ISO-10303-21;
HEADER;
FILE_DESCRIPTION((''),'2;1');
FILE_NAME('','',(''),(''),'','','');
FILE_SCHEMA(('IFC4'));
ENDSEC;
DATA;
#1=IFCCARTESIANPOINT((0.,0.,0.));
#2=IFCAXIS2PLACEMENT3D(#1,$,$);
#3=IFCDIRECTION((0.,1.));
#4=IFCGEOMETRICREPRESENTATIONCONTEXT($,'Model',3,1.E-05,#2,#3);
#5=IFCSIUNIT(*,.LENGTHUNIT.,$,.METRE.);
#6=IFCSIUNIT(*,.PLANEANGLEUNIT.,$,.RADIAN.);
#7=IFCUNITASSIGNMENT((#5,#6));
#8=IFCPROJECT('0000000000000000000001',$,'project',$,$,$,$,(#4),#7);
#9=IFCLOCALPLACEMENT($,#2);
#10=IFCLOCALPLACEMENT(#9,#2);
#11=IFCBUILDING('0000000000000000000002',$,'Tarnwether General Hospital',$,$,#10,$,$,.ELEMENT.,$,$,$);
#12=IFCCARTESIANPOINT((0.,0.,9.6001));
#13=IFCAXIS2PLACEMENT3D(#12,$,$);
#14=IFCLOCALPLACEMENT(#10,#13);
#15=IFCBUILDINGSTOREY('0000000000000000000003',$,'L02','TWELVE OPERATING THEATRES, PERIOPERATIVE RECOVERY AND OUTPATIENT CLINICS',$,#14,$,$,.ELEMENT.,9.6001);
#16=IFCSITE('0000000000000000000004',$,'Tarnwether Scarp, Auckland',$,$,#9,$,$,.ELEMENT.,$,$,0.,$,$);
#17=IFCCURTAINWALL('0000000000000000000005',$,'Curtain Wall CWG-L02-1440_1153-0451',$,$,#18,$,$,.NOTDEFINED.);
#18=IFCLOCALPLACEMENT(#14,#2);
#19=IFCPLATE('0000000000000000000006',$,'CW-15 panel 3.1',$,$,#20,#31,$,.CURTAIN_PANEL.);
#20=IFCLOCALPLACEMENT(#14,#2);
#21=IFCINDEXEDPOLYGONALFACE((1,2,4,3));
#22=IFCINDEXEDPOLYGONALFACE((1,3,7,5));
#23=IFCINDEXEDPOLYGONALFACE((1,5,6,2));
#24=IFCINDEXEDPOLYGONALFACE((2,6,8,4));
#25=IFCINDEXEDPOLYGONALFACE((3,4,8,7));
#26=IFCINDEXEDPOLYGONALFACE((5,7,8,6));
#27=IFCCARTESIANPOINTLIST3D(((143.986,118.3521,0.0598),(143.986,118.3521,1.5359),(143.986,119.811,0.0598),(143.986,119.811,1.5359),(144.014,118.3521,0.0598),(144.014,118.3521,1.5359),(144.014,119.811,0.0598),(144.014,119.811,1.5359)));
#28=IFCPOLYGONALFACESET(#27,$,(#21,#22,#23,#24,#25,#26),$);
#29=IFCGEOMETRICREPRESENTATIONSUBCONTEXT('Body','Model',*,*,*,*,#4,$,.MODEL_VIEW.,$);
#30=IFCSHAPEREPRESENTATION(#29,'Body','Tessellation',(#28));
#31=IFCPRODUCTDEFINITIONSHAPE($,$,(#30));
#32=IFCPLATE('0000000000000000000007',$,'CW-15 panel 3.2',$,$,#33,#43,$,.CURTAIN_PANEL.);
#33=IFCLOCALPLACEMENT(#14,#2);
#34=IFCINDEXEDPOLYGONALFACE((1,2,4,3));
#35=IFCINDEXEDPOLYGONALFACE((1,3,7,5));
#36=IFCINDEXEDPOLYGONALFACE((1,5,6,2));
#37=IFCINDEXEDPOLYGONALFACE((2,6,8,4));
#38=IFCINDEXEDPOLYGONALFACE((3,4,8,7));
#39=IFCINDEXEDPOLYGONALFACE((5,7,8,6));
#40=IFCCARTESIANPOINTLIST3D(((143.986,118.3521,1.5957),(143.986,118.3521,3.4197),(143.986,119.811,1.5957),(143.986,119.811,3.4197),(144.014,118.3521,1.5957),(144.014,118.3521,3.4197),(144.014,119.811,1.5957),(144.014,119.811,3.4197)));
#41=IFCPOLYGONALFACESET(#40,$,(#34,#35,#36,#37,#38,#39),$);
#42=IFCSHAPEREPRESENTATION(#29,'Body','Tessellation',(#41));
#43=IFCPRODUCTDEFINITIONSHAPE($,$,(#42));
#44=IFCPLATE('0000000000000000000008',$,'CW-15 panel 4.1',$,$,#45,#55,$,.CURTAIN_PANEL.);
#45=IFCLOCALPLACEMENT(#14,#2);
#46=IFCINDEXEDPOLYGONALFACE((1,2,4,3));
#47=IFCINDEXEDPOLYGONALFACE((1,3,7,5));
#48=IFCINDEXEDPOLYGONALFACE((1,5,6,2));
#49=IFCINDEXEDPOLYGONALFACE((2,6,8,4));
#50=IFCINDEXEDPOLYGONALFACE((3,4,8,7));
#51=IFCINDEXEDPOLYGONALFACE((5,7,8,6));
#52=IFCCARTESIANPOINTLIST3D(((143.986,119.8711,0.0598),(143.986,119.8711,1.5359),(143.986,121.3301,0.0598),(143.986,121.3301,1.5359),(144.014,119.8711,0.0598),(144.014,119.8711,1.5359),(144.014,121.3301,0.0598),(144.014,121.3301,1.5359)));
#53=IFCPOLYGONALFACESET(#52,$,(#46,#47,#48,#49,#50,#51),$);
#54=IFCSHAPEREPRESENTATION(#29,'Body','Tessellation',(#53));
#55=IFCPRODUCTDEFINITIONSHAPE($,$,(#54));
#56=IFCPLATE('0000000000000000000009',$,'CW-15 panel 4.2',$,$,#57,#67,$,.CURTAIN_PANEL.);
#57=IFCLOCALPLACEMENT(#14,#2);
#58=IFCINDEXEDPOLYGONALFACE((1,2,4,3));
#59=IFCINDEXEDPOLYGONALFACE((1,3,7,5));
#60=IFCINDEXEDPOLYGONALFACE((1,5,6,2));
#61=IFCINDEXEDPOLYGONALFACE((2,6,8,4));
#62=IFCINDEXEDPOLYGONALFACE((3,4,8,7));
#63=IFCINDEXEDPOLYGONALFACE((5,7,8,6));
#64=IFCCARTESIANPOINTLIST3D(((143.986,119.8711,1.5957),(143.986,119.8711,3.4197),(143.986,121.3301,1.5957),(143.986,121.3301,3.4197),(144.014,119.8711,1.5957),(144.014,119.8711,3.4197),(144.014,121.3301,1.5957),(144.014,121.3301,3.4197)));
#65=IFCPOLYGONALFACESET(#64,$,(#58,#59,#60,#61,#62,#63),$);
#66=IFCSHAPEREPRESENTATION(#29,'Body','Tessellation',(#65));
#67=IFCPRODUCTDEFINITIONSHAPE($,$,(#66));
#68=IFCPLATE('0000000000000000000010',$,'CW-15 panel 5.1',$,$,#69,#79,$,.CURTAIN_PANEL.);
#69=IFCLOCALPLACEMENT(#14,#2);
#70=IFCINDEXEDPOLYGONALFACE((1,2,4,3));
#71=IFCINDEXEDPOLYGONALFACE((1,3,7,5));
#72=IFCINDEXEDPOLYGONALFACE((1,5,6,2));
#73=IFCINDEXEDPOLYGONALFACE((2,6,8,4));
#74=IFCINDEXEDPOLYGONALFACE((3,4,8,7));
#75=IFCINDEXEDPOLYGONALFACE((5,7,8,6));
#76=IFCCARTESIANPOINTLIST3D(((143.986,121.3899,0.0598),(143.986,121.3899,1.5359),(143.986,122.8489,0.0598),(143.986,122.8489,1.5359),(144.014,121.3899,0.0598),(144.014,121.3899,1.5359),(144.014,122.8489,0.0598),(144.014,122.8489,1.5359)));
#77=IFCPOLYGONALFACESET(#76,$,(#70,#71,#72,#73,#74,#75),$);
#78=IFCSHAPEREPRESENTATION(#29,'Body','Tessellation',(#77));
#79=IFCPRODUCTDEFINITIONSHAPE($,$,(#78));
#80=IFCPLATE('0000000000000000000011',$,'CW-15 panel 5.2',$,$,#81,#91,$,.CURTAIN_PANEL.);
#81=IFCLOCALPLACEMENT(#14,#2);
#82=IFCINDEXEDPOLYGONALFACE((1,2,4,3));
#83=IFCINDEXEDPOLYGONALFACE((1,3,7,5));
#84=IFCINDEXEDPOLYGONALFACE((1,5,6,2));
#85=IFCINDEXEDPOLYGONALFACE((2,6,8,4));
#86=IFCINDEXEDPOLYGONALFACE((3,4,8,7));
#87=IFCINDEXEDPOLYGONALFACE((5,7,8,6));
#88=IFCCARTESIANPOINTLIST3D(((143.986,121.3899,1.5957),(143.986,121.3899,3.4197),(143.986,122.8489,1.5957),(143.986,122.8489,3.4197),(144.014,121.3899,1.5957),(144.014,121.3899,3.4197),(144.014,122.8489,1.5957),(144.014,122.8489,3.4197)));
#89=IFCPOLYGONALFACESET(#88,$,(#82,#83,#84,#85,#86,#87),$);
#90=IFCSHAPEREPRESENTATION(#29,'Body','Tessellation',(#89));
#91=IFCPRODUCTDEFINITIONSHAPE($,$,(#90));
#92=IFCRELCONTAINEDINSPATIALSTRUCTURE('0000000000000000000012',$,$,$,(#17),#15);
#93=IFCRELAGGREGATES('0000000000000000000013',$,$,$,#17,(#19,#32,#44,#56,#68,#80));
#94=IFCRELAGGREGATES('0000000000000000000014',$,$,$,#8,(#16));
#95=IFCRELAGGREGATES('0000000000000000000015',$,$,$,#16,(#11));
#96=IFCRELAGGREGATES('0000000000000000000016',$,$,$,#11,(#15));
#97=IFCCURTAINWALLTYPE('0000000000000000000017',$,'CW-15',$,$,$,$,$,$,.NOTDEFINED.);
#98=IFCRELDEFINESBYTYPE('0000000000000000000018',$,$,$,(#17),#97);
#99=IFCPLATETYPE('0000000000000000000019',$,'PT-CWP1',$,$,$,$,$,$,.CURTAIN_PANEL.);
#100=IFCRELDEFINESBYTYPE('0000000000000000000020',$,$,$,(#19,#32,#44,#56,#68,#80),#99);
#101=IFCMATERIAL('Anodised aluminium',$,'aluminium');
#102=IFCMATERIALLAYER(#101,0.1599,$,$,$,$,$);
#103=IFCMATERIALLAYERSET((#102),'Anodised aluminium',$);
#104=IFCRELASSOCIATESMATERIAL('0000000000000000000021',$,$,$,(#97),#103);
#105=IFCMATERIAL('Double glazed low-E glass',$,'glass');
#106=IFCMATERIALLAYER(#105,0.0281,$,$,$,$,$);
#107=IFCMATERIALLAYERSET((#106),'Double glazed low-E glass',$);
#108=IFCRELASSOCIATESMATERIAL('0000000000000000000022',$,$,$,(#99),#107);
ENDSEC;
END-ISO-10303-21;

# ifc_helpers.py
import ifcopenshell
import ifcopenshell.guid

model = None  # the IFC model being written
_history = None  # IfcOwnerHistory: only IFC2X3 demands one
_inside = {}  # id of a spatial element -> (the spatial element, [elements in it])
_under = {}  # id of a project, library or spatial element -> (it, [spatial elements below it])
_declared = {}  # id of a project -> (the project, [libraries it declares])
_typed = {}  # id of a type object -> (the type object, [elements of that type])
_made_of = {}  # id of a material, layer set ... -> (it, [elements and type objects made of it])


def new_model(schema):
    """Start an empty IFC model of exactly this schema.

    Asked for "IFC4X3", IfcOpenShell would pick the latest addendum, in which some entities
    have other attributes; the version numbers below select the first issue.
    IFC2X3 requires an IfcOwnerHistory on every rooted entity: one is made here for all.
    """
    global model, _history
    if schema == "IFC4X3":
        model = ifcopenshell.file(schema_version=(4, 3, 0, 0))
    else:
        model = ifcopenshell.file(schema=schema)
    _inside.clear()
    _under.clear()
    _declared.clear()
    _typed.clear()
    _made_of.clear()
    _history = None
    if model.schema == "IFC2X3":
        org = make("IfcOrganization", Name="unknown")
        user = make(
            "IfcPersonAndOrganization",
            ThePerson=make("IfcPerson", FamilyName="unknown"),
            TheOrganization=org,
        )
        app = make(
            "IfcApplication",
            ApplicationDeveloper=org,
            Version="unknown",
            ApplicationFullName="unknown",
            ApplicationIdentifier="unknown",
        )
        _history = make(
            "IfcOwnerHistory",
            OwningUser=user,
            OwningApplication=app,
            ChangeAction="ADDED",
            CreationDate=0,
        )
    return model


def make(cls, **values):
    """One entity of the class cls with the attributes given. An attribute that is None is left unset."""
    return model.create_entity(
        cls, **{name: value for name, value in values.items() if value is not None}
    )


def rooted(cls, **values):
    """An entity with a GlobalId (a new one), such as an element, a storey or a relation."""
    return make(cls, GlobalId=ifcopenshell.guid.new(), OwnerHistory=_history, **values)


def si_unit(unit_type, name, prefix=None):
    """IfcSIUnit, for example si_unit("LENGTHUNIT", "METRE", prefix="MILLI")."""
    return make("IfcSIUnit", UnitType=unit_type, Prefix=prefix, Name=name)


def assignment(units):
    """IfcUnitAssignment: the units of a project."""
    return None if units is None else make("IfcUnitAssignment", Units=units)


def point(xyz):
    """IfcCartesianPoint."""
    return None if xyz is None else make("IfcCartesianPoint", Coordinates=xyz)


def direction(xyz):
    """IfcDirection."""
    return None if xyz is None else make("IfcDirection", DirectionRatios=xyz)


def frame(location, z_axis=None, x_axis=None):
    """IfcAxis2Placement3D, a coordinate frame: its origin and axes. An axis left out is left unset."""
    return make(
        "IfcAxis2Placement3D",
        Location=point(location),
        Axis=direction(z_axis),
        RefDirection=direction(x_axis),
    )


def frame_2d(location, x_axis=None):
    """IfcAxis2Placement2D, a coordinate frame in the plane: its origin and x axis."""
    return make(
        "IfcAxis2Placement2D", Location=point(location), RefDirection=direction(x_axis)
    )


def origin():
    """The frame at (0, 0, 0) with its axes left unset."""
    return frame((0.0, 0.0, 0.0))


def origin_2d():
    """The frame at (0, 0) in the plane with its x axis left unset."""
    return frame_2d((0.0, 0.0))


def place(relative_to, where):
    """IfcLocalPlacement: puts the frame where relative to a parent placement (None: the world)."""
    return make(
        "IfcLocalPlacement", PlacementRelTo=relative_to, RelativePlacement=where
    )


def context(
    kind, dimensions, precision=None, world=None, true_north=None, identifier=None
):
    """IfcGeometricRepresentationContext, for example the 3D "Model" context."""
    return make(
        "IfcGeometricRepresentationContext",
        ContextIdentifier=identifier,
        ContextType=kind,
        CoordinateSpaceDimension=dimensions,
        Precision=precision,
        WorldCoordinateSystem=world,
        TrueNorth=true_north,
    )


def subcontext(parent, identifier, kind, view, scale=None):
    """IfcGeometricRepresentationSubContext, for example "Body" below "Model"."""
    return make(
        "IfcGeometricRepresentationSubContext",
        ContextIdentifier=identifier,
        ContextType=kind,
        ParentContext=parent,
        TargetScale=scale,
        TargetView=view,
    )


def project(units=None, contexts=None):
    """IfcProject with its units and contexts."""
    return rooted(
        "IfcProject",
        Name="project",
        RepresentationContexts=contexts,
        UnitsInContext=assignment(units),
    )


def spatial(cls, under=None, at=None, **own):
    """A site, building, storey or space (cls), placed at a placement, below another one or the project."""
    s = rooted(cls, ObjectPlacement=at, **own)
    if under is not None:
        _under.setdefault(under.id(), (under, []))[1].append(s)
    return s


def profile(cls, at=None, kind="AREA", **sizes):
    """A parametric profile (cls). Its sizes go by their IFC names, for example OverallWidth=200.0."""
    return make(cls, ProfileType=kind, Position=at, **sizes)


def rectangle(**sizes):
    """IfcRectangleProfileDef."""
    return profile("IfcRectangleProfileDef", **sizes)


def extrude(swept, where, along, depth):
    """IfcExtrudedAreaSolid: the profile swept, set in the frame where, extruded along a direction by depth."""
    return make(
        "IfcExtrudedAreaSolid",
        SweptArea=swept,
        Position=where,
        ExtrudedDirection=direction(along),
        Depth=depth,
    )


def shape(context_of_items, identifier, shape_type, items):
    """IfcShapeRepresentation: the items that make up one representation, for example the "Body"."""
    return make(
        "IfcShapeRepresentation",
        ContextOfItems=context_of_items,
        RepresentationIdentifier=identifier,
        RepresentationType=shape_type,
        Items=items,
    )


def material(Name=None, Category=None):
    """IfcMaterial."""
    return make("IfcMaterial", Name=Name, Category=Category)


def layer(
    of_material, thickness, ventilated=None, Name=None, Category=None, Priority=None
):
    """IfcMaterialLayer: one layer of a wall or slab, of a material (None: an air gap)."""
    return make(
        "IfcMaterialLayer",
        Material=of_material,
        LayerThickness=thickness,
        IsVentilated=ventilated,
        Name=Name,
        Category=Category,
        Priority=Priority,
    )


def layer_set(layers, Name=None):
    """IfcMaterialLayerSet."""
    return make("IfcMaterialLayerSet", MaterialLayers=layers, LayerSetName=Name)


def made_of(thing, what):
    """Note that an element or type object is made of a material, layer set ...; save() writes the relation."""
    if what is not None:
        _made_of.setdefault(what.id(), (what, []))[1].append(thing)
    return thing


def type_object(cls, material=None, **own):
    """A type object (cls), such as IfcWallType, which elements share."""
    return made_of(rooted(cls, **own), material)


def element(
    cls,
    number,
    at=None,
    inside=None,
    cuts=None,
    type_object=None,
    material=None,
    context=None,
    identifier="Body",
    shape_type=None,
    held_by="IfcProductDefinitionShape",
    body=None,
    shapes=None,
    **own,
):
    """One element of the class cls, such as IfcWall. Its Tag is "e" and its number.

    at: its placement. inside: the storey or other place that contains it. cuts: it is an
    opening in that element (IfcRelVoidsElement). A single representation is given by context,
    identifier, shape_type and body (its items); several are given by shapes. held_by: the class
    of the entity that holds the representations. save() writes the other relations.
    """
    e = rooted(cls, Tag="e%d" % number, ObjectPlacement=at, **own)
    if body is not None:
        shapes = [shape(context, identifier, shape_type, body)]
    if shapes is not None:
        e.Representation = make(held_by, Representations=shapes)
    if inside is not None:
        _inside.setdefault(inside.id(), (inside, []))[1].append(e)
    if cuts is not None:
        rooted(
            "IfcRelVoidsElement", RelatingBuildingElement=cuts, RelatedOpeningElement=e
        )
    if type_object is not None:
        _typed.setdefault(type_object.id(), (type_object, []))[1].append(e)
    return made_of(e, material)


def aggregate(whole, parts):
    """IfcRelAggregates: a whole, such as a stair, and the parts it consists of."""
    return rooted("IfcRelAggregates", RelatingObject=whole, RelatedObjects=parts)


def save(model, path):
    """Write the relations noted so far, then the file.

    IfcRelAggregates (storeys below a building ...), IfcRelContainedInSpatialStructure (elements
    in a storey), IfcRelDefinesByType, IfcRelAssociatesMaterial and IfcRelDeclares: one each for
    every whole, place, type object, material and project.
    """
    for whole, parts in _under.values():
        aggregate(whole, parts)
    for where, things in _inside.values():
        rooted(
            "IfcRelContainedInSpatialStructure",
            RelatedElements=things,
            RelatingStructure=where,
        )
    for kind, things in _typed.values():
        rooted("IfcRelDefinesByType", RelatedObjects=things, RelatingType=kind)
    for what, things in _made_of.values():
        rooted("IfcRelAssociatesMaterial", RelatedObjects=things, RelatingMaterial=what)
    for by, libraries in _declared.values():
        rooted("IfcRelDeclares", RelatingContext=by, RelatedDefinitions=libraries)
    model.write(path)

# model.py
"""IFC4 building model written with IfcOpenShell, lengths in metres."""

from ifc_helpers import new_model, si_unit, direction, frame, origin, origin_2d, place, context, subcontext, project, spatial, rectangle, extrude, material, layer, layer_set, type_object, element, aggregate, save


model = new_model("IFC4")

# Units and contexts
model_context = context("Model", 3, precision=1e-05, world=origin(), true_north=direction((0.0, 1.0)))
body_context = subcontext(model_context, "Body", "Model", "MODEL_VIEW")
ifc_project = project(units=[si_unit("LENGTHUNIT", "METRE"), si_unit("PLANEANGLEUNIT", "RADIAN")], contexts=[model_context])

# Site, building, storey
site_placement = place(None, origin())
site = spatial("IfcSite", under=ifc_project, at=site_placement, Name="Tarnwether Scarp, Auckland", CompositionType="ELEMENT", RefElevation=0.0)
building_placement = place(site_placement, origin())
building = spatial("IfcBuilding", under=site, at=building_placement, Name="Tarnwether General Hospital", CompositionType="ELEMENT")
storey_placement = place(building_placement, frame((0.0, 0.0, 9.6001)))
storey = spatial("IfcBuildingStorey", under=building, at=storey_placement, Name="L02", Description="TWELVE OPERATING THEATRES, PERIOPERATIVE RECOVERY AND OUTPATIENT CLINICS", CompositionType="ELEMENT", Elevation=9.6001)

# Curtain wall, plates
ifc_material_1 = material(Name="Anodised aluminium", Category="aluminium")
ifc_layer_1 = layer(ifc_material_1, 0.1599)
ifc_layer_set_1 = layer_set([ifc_layer_1], Name="Anodised aluminium")
curtain_wall_type = type_object("IfcCurtainWallType", Name="CW-15", PredefinedType="NOTDEFINED", material=ifc_layer_set_1)
curtain_wall_placement = place(storey_placement, origin())
curtain_wall = element("IfcCurtainWall", 1, at=curtain_wall_placement, inside=storey, type_object=curtain_wall_type, Name="Curtain Wall CWG-L02-1440_1153-0451", PredefinedType="NOTDEFINED")
ifc_material_2 = material(Name="Double glazed low-E glass", Category="glass")
ifc_layer_2 = layer(ifc_material_2, 0.0281)
ifc_layer_set_2 = layer_set([ifc_layer_2], Name="Double glazed low-E glass")
plate_type = type_object("IfcPlateType", Name="PT-CWP1", PredefinedType="CURTAIN_PANEL", material=ifc_layer_set_2)
plate_1_placement = place(storey_placement, frame((144.0, 119.0815, 0.0598), z_axis=(0.0, 0.0, 1.0), x_axis=(0.0, 1.0, 0.0)))
plate_1 = element("IfcPlate", 2, at=plate_1_placement, type_object=plate_type, Name="CW-15 panel 3.1", PredefinedType="CURTAIN_PANEL", context=body_context, shape_type="SweptSolid", body=[
    extrude(rectangle(XDim=1.459, YDim=0.0281, at=origin_2d()), origin(), (0.0, 0.0, 1.0), 1.4761),
])
plate_2_placement = place(storey_placement, frame((144.0, 119.0815, 1.5957), z_axis=(0.0, 0.0, 1.0), x_axis=(0.0, 1.0, 0.0)))
plate_2 = element("IfcPlate", 3, at=plate_2_placement, type_object=plate_type, Name="CW-15 panel 3.2", PredefinedType="CURTAIN_PANEL", context=body_context, shape_type="SweptSolid", body=[
    extrude(rectangle(XDim=1.459, YDim=0.0281, at=origin_2d()), origin(), (0.0, 0.0, 1.0), 1.824),
])
plate_3_placement = place(storey_placement, frame((144.0, 120.6006, 0.0598), z_axis=(0.0, 0.0, 1.0), x_axis=(0.0, 1.0, 0.0)))
plate_3 = element("IfcPlate", 4, at=plate_3_placement, type_object=plate_type, Name="CW-15 panel 4.1", PredefinedType="CURTAIN_PANEL", context=body_context, shape_type="SweptSolid", body=[
    extrude(rectangle(XDim=1.459, YDim=0.0281, at=origin_2d()), origin(), (0.0, 0.0, 1.0), 1.4761),
])
plate_4_placement = place(storey_placement, frame((144.0, 120.6006, 1.5957), z_axis=(0.0, 0.0, 1.0), x_axis=(0.0, 1.0, 0.0)))
plate_4 = element("IfcPlate", 5, at=plate_4_placement, type_object=plate_type, Name="CW-15 panel 4.2", PredefinedType="CURTAIN_PANEL", context=body_context, shape_type="SweptSolid", body=[
    extrude(rectangle(XDim=1.459, YDim=0.0281, at=origin_2d()), origin(), (0.0, 0.0, 1.0), 1.824),
])
plate_5_placement = place(storey_placement, frame((144.0, 122.1194, 0.0598), z_axis=(0.0, 0.0, 1.0), x_axis=(0.0, 1.0, 0.0)))
plate_5 = element("IfcPlate", 6, at=plate_5_placement, type_object=plate_type, Name="CW-15 panel 5.1", PredefinedType="CURTAIN_PANEL", context=body_context, shape_type="SweptSolid", body=[
    extrude(rectangle(XDim=1.459, YDim=0.0281, at=origin_2d()), origin(), (0.0, 0.0, 1.0), 1.4761),
])
plate_6_placement = place(storey_placement, frame((144.0, 122.1194, 1.5957), z_axis=(0.0, 0.0, 1.0), x_axis=(0.0, 1.0, 0.0)))
plate_6 = element("IfcPlate", 7, at=plate_6_placement, type_object=plate_type, Name="CW-15 panel 5.2", PredefinedType="CURTAIN_PANEL", context=body_context, shape_type="SweptSolid", body=[
    extrude(rectangle(XDim=1.459, YDim=0.0281, at=origin_2d()), origin(), (0.0, 0.0, 1.0), 1.824),
])
aggregate(curtain_wall, [plate_1, plate_2, plate_3, plate_4, plate_5, plate_6])

save(model, "model.ifc")
